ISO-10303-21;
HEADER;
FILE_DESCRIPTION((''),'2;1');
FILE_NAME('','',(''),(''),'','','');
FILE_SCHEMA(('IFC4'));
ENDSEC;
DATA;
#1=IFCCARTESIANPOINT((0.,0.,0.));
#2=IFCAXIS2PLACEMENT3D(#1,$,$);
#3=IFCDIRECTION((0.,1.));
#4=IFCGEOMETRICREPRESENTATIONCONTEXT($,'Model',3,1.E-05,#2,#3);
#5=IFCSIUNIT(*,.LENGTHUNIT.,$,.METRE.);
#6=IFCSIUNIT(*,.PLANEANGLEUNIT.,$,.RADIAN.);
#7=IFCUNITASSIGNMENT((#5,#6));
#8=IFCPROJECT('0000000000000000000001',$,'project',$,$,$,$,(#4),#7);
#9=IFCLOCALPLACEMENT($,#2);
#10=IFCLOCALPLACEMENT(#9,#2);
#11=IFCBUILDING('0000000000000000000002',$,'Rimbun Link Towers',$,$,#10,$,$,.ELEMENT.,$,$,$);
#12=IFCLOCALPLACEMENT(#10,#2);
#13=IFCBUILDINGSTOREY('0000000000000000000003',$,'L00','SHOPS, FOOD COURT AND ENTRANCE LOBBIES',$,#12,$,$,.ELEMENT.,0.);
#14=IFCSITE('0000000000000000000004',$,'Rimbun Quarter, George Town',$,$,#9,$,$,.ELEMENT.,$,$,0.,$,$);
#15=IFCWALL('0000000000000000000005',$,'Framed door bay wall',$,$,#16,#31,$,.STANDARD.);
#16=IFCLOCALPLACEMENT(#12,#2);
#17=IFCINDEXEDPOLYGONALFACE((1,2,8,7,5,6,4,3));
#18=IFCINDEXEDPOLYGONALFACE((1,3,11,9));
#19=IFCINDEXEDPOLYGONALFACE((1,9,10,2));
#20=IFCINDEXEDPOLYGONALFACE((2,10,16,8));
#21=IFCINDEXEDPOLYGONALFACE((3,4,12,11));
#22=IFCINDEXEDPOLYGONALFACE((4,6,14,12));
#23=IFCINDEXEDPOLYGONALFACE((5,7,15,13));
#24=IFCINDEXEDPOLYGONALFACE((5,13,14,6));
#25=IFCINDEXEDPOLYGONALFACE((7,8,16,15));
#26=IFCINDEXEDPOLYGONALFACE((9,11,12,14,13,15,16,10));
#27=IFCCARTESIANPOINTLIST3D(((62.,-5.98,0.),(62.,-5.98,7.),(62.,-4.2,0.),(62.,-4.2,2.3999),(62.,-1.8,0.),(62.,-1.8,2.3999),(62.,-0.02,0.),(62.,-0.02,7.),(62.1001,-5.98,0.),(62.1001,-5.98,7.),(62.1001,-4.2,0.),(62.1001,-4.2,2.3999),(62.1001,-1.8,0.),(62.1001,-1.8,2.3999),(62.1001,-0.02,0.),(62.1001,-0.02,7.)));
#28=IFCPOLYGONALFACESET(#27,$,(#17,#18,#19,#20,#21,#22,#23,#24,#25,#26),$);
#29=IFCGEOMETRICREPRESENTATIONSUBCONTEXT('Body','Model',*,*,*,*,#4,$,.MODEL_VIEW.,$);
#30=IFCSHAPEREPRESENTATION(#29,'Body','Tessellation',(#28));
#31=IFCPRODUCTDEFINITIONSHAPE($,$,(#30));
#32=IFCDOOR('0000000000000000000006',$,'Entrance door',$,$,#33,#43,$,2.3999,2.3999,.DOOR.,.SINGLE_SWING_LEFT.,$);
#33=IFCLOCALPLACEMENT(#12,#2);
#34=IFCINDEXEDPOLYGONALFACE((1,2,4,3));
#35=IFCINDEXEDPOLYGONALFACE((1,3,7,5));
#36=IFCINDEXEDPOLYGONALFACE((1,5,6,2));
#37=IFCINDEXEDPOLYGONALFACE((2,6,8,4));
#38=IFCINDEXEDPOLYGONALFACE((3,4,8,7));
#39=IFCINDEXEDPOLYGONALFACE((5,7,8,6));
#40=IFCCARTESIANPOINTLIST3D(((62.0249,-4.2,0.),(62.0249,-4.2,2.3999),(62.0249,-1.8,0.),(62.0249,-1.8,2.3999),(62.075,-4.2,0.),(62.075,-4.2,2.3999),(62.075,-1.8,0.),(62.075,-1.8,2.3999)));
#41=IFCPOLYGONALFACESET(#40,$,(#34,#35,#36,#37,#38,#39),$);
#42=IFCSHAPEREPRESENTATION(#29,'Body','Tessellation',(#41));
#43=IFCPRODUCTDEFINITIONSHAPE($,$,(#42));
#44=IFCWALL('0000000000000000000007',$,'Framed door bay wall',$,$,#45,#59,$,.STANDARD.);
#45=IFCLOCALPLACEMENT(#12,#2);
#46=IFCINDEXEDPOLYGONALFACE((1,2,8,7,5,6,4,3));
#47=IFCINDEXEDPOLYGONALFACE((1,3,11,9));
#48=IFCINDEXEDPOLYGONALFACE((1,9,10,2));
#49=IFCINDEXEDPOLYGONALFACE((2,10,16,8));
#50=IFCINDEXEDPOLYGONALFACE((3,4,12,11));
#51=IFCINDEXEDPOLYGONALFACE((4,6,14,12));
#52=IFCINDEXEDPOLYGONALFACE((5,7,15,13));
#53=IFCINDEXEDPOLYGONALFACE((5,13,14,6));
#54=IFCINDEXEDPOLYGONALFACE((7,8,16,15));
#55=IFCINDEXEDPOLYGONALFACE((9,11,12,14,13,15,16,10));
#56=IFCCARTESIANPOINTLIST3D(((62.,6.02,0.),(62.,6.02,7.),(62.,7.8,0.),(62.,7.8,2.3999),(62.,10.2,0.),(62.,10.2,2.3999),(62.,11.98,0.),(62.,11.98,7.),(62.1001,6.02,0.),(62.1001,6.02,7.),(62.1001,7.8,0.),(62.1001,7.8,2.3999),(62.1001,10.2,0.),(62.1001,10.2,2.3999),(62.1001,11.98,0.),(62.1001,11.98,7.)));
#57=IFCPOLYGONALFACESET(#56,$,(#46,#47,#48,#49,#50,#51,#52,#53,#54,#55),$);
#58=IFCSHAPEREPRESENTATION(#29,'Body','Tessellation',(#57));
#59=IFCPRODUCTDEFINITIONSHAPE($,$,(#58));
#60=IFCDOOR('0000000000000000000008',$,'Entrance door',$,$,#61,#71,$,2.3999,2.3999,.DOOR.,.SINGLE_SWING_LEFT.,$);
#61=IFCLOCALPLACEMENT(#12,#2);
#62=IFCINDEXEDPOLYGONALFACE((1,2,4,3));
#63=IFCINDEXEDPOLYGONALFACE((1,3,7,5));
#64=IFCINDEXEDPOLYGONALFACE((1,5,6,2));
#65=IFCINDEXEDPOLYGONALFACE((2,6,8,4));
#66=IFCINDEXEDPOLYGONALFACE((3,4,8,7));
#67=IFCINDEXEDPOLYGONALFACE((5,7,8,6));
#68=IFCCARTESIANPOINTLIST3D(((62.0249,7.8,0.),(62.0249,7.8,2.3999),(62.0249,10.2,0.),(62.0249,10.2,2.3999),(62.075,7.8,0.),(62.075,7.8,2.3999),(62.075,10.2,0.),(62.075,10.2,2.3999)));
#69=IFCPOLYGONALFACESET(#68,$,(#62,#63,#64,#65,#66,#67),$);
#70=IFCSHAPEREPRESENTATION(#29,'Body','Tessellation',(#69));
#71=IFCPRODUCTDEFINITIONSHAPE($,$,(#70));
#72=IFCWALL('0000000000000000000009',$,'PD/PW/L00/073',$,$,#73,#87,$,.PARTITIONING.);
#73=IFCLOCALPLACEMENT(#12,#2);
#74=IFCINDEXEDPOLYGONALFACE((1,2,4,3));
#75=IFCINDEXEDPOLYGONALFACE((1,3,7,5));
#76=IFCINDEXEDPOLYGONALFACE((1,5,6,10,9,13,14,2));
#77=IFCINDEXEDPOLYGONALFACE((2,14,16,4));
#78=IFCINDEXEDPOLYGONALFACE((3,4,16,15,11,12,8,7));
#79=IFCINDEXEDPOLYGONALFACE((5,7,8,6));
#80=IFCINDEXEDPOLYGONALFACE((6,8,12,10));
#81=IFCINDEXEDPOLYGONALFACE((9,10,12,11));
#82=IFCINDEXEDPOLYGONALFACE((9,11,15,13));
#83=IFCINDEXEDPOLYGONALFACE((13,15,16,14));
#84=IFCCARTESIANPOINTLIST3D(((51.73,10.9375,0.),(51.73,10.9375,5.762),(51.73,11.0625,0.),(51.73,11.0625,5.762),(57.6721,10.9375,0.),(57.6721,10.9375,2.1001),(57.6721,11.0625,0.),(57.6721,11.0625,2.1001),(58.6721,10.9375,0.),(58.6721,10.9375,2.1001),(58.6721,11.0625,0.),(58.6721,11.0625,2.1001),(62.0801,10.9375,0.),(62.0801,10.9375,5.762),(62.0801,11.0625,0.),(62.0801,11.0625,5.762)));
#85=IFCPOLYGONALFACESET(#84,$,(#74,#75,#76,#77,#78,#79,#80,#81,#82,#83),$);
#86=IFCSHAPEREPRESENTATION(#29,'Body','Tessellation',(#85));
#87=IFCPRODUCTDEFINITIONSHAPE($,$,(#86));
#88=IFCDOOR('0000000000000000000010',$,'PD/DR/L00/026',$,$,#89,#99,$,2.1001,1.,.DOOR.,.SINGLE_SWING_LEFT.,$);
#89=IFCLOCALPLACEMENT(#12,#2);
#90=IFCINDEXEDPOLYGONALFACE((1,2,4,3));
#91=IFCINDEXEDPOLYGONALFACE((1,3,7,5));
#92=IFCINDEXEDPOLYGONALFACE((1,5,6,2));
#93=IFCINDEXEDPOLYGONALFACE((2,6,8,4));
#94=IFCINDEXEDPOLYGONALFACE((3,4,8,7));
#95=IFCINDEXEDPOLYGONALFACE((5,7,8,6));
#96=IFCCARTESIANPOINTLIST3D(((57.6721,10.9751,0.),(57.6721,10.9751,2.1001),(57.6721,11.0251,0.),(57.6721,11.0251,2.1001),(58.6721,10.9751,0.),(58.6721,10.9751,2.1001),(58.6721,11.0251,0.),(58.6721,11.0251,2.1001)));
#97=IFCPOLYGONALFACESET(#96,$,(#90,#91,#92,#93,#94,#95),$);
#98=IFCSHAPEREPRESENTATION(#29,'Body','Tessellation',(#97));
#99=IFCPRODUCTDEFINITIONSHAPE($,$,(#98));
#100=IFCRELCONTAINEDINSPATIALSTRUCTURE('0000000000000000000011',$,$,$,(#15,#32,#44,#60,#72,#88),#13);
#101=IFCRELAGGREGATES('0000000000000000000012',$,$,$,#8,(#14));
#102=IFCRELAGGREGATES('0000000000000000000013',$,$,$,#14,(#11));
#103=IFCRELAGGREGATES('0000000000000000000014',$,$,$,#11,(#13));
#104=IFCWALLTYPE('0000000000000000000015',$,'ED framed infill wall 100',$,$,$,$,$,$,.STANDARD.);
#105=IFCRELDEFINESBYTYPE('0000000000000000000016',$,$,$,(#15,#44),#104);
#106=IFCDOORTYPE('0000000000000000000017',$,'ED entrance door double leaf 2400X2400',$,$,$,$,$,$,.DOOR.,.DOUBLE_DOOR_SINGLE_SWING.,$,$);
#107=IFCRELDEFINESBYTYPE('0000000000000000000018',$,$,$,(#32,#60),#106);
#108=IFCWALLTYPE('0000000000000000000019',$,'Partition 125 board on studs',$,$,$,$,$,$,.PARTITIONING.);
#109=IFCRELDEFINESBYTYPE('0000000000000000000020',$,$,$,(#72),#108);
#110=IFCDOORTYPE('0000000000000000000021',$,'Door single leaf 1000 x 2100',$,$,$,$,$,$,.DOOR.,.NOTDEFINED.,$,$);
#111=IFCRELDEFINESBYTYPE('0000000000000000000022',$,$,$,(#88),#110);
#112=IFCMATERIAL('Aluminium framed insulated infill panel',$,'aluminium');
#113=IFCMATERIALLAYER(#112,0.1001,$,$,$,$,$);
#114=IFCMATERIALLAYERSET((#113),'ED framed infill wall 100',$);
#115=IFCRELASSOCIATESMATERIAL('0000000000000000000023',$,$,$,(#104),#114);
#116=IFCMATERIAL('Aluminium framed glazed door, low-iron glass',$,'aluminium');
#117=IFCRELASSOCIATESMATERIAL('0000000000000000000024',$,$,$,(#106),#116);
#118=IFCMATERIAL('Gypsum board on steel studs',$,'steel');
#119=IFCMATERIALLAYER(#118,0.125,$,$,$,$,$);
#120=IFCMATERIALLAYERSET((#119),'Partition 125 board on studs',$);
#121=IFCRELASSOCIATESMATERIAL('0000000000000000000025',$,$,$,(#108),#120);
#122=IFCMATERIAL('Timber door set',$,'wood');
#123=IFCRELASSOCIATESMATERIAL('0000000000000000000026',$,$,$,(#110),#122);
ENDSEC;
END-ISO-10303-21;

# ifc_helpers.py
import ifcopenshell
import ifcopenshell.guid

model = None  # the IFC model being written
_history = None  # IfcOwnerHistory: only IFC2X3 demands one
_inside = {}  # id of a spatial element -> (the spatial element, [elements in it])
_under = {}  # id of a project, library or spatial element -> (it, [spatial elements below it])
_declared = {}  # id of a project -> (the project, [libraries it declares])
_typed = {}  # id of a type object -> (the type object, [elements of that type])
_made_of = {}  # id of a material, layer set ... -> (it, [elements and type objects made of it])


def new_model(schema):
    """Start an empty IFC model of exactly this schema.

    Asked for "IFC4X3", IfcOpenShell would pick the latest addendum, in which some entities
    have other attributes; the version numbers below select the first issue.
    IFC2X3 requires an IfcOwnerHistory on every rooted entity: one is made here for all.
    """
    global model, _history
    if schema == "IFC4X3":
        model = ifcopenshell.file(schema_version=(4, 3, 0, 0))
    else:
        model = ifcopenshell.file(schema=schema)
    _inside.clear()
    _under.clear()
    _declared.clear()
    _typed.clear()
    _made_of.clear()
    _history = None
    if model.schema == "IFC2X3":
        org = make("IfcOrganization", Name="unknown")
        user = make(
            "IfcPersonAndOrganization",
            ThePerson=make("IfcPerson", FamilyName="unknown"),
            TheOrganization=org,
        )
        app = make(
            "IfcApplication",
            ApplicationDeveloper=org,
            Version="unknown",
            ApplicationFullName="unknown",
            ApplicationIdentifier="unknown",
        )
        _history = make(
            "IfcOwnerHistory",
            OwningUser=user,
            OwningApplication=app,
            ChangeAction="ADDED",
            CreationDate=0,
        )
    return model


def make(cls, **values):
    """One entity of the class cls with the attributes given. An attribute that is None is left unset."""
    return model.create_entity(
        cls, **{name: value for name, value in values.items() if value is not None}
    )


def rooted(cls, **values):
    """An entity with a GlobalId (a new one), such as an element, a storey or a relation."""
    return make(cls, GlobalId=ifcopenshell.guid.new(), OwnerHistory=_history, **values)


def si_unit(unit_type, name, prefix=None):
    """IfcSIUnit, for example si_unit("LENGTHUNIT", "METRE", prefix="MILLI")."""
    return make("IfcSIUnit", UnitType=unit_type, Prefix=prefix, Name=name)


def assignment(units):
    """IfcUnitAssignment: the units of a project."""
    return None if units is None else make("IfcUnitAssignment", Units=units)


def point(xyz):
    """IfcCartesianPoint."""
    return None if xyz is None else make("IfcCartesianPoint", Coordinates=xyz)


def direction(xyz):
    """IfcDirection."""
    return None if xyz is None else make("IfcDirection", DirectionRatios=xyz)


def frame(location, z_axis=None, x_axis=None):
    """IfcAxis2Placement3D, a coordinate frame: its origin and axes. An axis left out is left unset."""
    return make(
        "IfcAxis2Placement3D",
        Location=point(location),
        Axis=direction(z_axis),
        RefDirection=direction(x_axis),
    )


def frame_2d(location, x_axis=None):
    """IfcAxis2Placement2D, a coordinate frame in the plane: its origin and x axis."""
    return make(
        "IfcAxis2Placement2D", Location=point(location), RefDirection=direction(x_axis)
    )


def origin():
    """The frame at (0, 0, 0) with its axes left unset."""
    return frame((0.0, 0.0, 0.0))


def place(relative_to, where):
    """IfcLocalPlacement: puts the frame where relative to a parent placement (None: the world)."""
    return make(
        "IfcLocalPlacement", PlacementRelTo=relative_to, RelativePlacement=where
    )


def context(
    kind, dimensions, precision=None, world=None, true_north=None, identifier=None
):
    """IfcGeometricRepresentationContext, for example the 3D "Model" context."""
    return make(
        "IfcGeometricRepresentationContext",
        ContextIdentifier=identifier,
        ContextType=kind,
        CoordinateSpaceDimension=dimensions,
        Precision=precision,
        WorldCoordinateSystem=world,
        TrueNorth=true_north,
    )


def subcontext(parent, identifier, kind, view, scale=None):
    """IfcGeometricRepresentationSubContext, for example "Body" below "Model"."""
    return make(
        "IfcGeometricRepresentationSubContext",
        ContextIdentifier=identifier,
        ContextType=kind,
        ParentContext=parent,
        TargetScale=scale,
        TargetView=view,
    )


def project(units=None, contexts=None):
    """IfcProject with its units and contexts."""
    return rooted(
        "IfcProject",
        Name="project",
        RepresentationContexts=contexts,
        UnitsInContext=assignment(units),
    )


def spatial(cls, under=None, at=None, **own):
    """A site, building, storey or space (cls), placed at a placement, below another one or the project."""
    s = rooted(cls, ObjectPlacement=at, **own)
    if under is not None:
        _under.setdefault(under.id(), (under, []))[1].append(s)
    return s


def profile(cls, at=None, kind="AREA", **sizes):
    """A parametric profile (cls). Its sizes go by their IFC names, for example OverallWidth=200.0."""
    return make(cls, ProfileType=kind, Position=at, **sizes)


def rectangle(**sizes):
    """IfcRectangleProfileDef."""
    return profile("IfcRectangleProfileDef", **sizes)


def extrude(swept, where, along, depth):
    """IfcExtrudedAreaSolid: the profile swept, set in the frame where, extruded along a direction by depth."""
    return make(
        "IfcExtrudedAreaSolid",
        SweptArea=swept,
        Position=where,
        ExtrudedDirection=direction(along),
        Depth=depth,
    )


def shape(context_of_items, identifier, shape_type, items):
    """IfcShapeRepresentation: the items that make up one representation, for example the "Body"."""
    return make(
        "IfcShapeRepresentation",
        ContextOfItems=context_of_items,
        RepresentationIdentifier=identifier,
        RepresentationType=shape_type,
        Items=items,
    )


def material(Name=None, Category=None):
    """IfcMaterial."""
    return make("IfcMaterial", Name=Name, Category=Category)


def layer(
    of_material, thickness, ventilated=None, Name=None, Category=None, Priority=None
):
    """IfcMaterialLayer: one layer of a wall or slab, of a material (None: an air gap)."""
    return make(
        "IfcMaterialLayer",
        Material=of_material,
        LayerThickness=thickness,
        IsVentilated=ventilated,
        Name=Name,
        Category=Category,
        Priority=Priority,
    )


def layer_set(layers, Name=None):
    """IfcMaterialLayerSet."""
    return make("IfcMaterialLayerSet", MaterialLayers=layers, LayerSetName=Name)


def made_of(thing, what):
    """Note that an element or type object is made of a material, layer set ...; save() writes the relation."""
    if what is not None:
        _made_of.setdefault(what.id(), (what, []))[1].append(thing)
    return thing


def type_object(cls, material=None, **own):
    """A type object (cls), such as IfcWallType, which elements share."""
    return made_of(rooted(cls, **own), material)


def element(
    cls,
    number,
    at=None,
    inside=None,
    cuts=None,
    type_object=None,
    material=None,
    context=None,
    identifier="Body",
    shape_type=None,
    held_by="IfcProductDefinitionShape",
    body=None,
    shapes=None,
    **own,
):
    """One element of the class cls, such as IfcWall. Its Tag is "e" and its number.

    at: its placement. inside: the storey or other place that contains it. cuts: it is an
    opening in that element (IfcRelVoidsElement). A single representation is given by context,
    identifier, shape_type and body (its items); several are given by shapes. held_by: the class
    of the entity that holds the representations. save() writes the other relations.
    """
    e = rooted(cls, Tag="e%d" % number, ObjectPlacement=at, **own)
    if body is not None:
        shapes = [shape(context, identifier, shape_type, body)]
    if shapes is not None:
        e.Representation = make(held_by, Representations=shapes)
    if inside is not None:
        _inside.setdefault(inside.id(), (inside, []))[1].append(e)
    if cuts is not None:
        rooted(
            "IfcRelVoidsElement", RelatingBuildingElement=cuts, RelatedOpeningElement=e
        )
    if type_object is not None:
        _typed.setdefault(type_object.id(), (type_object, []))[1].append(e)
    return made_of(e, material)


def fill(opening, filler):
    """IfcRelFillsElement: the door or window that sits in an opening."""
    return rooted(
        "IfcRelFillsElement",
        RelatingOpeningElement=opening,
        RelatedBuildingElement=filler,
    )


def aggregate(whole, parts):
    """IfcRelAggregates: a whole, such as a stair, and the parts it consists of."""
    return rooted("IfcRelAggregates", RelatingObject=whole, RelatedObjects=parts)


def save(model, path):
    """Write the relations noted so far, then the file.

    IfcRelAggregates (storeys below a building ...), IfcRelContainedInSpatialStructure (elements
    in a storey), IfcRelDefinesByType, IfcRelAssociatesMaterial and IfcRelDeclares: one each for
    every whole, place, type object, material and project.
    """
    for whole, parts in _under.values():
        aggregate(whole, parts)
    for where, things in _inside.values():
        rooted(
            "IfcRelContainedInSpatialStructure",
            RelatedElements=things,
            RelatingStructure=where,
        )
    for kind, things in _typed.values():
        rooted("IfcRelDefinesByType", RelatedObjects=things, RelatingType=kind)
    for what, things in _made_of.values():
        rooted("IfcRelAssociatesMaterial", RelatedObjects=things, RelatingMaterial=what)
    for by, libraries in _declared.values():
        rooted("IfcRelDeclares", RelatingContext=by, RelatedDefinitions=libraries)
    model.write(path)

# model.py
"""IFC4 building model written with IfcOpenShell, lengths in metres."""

from ifc_helpers import new_model, si_unit, direction, frame, frame_2d, origin, place, context, subcontext, project, spatial, rectangle, extrude, material, layer, layer_set, type_object, element, fill, save


model = new_model("IFC4")

# Units and contexts
model_context = context("Model", 3, precision=1e-05, world=origin(), true_north=direction((0.0, 1.0)))
body_context = subcontext(model_context, "Body", "Model", "MODEL_VIEW")
ifc_project = project(units=[si_unit("LENGTHUNIT", "METRE"), si_unit("PLANEANGLEUNIT", "RADIAN")], contexts=[model_context])

# Site, building, storey
site_placement = place(None, origin())
site = spatial("IfcSite", under=ifc_project, at=site_placement, Name="Rimbun Quarter, George Town", CompositionType="ELEMENT", RefElevation=0.0)
building_placement = place(site_placement, origin())
building = spatial("IfcBuilding", under=site, at=building_placement, Name="Rimbun Link Towers", CompositionType="ELEMENT")
storey_placement = place(building_placement, origin())
storey = spatial("IfcBuildingStorey", under=building, at=storey_placement, Name="L00", Description="SHOPS, FOOD COURT AND ENTRANCE LOBBIES", CompositionType="ELEMENT", Elevation=0.0)

# Walls, openings, doors
ifc_material_1 = material(Name="Aluminium framed insulated infill panel", Category="aluminium")
ifc_layer_1 = layer(ifc_material_1, 0.1001)
ifc_layer_set_1 = layer_set([ifc_layer_1], Name="ED framed infill wall 100")
wall_type_1 = type_object("IfcWallType", Name="ED framed infill wall 100", PredefinedType="STANDARD", material=ifc_layer_set_1)
wall_1_placement = place(storey_placement, frame((62.05, -0.02, 0.0), z_axis=(0.0, 0.0, 1.0), x_axis=(0.0, -1.0, 0.0)))
wall_1 = element("IfcWall", 1, at=wall_1_placement, inside=storey, type_object=wall_type_1, Name="Framed door bay wall", PredefinedType="STANDARD", context=body_context, shape_type="SweptSolid", body=[
    extrude(rectangle(XDim=5.96, YDim=0.1001, at=frame_2d((2.98, 0.0))), origin(), (0.0, 0.0, 1.0), 7.0),
])
opening_1_placement = place(wall_1_placement, frame((1.78, 0.0, 0.0)))
opening_1 = element("IfcOpeningElement", 2, at=opening_1_placement, cuts=wall_1, PredefinedType="OPENING", context=body_context, shape_type="SweptSolid", body=[
    extrude(rectangle(XDim=2.3999, YDim=2.3999, at=frame_2d((1.2, 1.2))), frame((0.0, 0.0601, 0.0), z_axis=(0.0, -1.0, 0.0), x_axis=(1.0, 0.0, 0.0)), (0.0, 0.0, 1.0), 0.1201),
])
ifc_material_2 = material(Name="Aluminium framed glazed door, low-iron glass", Category="aluminium")
door_type_1 = type_object("IfcDoorType", Name="ED entrance door double leaf 2400X2400", OperationType="DOUBLE_DOOR_SINGLE_SWING", PredefinedType="DOOR", material=ifc_material_2)
door_1_placement = place(opening_1_placement, origin())
door_1 = element("IfcDoor", 3, at=door_1_placement, inside=storey, type_object=door_type_1, Name="Entrance door", OperationType="SINGLE_SWING_LEFT", OverallHeight=2.3999, OverallWidth=2.3999, PredefinedType="DOOR", context=body_context, shape_type="SweptSolid", body=[
    extrude(rectangle(XDim=2.3999, YDim=2.3999, at=frame_2d((1.2, 1.2))), frame((0.0, 0.0249, 0.0), z_axis=(0.0, -1.0, 0.0), x_axis=(1.0, 0.0, 0.0)), (0.0, 0.0, 1.0), 0.05),
])
fill(opening_1, door_1)
wall_2_placement = place(storey_placement, frame((62.05, 11.98, 0.0), z_axis=(0.0, 0.0, 1.0), x_axis=(0.0, -1.0, 0.0)))
wall_2 = element("IfcWall", 4, at=wall_2_placement, inside=storey, type_object=wall_type_1, Name="Framed door bay wall", PredefinedType="STANDARD", context=body_context, shape_type="SweptSolid", body=[
    extrude(rectangle(XDim=5.96, YDim=0.1001, at=frame_2d((2.98, 0.0))), origin(), (0.0, 0.0, 1.0), 7.0),
])
opening_2_placement = place(wall_2_placement, frame((1.78, 0.0, 0.0)))
opening_2 = element("IfcOpeningElement", 5, at=opening_2_placement, cuts=wall_2, PredefinedType="OPENING", context=body_context, shape_type="SweptSolid", body=[
    extrude(rectangle(XDim=2.3999, YDim=2.3999, at=frame_2d((1.2, 1.2))), frame((0.0, 0.0601, 0.0), z_axis=(0.0, -1.0, 0.0), x_axis=(1.0, 0.0, 0.0)), (0.0, 0.0, 1.0), 0.1201),
])
door_2_placement = place(opening_2_placement, origin())
door_2 = element("IfcDoor", 6, at=door_2_placement, inside=storey, type_object=door_type_1, Name="Entrance door", OperationType="SINGLE_SWING_LEFT", OverallHeight=2.3999, OverallWidth=2.3999, PredefinedType="DOOR", context=body_context, shape_type="SweptSolid", body=[
    extrude(rectangle(XDim=2.3999, YDim=2.3999, at=frame_2d((1.2, 1.2))), frame((0.0, 0.0249, 0.0), z_axis=(0.0, -1.0, 0.0), x_axis=(1.0, 0.0, 0.0)), (0.0, 0.0, 1.0), 0.05),
])
fill(opening_2, door_2)
ifc_material_3 = material(Name="Gypsum board on steel studs", Category="steel")
ifc_layer_2 = layer(ifc_material_3, 0.125)
ifc_layer_set_2 = layer_set([ifc_layer_2], Name="Partition 125 board on studs")
wall_type_2 = type_object("IfcWallType", Name="Partition 125 board on studs", PredefinedType="PARTITIONING", material=ifc_layer_set_2)
wall_3_placement = place(storey_placement, frame((62.0801, 11.0, 0.0), z_axis=(0.0, 0.0, 1.0), x_axis=(-1.0, 0.0, 0.0)))
wall_3 = element("IfcWall", 7, at=wall_3_placement, inside=storey, type_object=wall_type_2, Name="PD/PW/L00/073", PredefinedType="PARTITIONING", context=body_context, shape_type="SweptSolid", body=[
    extrude(rectangle(XDim=10.3501, YDim=0.125, at=frame_2d((5.175, 0.0))), origin(), (0.0, 0.0, 1.0), 5.762),
])
opening_3_placement = place(wall_3_placement, frame((3.408, 0.0, 0.0)))
opening_3 = element("IfcOpeningElement", 8, at=opening_3_placement, cuts=wall_3, PredefinedType="OPENING", context=body_context, shape_type="SweptSolid", body=[
    extrude(rectangle(XDim=1.0, YDim=2.1001, at=frame_2d((0.5, 1.05))), frame((0.0, 0.0725, 0.0), z_axis=(0.0, -1.0, 0.0), x_axis=(1.0, 0.0, 0.0)), (0.0, 0.0, 1.0), 0.145),
])
ifc_material_4 = material(Name="Timber door set", Category="wood")
door_type_2 = type_object("IfcDoorType", Name="Door single leaf 1000 x 2100", OperationType="NOTDEFINED", PredefinedType="DOOR", material=ifc_material_4)
door_3_placement = place(opening_3_placement, origin())
door_3 = element("IfcDoor", 9, at=door_3_placement, inside=storey, type_object=door_type_2, Name="PD/DR/L00/026", OperationType="SINGLE_SWING_LEFT", OverallHeight=2.1001, OverallWidth=1.0, PredefinedType="DOOR", context=body_context, shape_type="SweptSolid", body=[
    extrude(rectangle(XDim=1.0, YDim=2.1001, at=frame_2d((0.5, 1.05))), frame((0.0, 0.0249, 0.0), z_axis=(0.0, -1.0, 0.0), x_axis=(1.0, 0.0, 0.0)), (0.0, 0.0, 1.0), 0.05),
])
fill(opening_3, door_3)

save(model, "model.ifc")
